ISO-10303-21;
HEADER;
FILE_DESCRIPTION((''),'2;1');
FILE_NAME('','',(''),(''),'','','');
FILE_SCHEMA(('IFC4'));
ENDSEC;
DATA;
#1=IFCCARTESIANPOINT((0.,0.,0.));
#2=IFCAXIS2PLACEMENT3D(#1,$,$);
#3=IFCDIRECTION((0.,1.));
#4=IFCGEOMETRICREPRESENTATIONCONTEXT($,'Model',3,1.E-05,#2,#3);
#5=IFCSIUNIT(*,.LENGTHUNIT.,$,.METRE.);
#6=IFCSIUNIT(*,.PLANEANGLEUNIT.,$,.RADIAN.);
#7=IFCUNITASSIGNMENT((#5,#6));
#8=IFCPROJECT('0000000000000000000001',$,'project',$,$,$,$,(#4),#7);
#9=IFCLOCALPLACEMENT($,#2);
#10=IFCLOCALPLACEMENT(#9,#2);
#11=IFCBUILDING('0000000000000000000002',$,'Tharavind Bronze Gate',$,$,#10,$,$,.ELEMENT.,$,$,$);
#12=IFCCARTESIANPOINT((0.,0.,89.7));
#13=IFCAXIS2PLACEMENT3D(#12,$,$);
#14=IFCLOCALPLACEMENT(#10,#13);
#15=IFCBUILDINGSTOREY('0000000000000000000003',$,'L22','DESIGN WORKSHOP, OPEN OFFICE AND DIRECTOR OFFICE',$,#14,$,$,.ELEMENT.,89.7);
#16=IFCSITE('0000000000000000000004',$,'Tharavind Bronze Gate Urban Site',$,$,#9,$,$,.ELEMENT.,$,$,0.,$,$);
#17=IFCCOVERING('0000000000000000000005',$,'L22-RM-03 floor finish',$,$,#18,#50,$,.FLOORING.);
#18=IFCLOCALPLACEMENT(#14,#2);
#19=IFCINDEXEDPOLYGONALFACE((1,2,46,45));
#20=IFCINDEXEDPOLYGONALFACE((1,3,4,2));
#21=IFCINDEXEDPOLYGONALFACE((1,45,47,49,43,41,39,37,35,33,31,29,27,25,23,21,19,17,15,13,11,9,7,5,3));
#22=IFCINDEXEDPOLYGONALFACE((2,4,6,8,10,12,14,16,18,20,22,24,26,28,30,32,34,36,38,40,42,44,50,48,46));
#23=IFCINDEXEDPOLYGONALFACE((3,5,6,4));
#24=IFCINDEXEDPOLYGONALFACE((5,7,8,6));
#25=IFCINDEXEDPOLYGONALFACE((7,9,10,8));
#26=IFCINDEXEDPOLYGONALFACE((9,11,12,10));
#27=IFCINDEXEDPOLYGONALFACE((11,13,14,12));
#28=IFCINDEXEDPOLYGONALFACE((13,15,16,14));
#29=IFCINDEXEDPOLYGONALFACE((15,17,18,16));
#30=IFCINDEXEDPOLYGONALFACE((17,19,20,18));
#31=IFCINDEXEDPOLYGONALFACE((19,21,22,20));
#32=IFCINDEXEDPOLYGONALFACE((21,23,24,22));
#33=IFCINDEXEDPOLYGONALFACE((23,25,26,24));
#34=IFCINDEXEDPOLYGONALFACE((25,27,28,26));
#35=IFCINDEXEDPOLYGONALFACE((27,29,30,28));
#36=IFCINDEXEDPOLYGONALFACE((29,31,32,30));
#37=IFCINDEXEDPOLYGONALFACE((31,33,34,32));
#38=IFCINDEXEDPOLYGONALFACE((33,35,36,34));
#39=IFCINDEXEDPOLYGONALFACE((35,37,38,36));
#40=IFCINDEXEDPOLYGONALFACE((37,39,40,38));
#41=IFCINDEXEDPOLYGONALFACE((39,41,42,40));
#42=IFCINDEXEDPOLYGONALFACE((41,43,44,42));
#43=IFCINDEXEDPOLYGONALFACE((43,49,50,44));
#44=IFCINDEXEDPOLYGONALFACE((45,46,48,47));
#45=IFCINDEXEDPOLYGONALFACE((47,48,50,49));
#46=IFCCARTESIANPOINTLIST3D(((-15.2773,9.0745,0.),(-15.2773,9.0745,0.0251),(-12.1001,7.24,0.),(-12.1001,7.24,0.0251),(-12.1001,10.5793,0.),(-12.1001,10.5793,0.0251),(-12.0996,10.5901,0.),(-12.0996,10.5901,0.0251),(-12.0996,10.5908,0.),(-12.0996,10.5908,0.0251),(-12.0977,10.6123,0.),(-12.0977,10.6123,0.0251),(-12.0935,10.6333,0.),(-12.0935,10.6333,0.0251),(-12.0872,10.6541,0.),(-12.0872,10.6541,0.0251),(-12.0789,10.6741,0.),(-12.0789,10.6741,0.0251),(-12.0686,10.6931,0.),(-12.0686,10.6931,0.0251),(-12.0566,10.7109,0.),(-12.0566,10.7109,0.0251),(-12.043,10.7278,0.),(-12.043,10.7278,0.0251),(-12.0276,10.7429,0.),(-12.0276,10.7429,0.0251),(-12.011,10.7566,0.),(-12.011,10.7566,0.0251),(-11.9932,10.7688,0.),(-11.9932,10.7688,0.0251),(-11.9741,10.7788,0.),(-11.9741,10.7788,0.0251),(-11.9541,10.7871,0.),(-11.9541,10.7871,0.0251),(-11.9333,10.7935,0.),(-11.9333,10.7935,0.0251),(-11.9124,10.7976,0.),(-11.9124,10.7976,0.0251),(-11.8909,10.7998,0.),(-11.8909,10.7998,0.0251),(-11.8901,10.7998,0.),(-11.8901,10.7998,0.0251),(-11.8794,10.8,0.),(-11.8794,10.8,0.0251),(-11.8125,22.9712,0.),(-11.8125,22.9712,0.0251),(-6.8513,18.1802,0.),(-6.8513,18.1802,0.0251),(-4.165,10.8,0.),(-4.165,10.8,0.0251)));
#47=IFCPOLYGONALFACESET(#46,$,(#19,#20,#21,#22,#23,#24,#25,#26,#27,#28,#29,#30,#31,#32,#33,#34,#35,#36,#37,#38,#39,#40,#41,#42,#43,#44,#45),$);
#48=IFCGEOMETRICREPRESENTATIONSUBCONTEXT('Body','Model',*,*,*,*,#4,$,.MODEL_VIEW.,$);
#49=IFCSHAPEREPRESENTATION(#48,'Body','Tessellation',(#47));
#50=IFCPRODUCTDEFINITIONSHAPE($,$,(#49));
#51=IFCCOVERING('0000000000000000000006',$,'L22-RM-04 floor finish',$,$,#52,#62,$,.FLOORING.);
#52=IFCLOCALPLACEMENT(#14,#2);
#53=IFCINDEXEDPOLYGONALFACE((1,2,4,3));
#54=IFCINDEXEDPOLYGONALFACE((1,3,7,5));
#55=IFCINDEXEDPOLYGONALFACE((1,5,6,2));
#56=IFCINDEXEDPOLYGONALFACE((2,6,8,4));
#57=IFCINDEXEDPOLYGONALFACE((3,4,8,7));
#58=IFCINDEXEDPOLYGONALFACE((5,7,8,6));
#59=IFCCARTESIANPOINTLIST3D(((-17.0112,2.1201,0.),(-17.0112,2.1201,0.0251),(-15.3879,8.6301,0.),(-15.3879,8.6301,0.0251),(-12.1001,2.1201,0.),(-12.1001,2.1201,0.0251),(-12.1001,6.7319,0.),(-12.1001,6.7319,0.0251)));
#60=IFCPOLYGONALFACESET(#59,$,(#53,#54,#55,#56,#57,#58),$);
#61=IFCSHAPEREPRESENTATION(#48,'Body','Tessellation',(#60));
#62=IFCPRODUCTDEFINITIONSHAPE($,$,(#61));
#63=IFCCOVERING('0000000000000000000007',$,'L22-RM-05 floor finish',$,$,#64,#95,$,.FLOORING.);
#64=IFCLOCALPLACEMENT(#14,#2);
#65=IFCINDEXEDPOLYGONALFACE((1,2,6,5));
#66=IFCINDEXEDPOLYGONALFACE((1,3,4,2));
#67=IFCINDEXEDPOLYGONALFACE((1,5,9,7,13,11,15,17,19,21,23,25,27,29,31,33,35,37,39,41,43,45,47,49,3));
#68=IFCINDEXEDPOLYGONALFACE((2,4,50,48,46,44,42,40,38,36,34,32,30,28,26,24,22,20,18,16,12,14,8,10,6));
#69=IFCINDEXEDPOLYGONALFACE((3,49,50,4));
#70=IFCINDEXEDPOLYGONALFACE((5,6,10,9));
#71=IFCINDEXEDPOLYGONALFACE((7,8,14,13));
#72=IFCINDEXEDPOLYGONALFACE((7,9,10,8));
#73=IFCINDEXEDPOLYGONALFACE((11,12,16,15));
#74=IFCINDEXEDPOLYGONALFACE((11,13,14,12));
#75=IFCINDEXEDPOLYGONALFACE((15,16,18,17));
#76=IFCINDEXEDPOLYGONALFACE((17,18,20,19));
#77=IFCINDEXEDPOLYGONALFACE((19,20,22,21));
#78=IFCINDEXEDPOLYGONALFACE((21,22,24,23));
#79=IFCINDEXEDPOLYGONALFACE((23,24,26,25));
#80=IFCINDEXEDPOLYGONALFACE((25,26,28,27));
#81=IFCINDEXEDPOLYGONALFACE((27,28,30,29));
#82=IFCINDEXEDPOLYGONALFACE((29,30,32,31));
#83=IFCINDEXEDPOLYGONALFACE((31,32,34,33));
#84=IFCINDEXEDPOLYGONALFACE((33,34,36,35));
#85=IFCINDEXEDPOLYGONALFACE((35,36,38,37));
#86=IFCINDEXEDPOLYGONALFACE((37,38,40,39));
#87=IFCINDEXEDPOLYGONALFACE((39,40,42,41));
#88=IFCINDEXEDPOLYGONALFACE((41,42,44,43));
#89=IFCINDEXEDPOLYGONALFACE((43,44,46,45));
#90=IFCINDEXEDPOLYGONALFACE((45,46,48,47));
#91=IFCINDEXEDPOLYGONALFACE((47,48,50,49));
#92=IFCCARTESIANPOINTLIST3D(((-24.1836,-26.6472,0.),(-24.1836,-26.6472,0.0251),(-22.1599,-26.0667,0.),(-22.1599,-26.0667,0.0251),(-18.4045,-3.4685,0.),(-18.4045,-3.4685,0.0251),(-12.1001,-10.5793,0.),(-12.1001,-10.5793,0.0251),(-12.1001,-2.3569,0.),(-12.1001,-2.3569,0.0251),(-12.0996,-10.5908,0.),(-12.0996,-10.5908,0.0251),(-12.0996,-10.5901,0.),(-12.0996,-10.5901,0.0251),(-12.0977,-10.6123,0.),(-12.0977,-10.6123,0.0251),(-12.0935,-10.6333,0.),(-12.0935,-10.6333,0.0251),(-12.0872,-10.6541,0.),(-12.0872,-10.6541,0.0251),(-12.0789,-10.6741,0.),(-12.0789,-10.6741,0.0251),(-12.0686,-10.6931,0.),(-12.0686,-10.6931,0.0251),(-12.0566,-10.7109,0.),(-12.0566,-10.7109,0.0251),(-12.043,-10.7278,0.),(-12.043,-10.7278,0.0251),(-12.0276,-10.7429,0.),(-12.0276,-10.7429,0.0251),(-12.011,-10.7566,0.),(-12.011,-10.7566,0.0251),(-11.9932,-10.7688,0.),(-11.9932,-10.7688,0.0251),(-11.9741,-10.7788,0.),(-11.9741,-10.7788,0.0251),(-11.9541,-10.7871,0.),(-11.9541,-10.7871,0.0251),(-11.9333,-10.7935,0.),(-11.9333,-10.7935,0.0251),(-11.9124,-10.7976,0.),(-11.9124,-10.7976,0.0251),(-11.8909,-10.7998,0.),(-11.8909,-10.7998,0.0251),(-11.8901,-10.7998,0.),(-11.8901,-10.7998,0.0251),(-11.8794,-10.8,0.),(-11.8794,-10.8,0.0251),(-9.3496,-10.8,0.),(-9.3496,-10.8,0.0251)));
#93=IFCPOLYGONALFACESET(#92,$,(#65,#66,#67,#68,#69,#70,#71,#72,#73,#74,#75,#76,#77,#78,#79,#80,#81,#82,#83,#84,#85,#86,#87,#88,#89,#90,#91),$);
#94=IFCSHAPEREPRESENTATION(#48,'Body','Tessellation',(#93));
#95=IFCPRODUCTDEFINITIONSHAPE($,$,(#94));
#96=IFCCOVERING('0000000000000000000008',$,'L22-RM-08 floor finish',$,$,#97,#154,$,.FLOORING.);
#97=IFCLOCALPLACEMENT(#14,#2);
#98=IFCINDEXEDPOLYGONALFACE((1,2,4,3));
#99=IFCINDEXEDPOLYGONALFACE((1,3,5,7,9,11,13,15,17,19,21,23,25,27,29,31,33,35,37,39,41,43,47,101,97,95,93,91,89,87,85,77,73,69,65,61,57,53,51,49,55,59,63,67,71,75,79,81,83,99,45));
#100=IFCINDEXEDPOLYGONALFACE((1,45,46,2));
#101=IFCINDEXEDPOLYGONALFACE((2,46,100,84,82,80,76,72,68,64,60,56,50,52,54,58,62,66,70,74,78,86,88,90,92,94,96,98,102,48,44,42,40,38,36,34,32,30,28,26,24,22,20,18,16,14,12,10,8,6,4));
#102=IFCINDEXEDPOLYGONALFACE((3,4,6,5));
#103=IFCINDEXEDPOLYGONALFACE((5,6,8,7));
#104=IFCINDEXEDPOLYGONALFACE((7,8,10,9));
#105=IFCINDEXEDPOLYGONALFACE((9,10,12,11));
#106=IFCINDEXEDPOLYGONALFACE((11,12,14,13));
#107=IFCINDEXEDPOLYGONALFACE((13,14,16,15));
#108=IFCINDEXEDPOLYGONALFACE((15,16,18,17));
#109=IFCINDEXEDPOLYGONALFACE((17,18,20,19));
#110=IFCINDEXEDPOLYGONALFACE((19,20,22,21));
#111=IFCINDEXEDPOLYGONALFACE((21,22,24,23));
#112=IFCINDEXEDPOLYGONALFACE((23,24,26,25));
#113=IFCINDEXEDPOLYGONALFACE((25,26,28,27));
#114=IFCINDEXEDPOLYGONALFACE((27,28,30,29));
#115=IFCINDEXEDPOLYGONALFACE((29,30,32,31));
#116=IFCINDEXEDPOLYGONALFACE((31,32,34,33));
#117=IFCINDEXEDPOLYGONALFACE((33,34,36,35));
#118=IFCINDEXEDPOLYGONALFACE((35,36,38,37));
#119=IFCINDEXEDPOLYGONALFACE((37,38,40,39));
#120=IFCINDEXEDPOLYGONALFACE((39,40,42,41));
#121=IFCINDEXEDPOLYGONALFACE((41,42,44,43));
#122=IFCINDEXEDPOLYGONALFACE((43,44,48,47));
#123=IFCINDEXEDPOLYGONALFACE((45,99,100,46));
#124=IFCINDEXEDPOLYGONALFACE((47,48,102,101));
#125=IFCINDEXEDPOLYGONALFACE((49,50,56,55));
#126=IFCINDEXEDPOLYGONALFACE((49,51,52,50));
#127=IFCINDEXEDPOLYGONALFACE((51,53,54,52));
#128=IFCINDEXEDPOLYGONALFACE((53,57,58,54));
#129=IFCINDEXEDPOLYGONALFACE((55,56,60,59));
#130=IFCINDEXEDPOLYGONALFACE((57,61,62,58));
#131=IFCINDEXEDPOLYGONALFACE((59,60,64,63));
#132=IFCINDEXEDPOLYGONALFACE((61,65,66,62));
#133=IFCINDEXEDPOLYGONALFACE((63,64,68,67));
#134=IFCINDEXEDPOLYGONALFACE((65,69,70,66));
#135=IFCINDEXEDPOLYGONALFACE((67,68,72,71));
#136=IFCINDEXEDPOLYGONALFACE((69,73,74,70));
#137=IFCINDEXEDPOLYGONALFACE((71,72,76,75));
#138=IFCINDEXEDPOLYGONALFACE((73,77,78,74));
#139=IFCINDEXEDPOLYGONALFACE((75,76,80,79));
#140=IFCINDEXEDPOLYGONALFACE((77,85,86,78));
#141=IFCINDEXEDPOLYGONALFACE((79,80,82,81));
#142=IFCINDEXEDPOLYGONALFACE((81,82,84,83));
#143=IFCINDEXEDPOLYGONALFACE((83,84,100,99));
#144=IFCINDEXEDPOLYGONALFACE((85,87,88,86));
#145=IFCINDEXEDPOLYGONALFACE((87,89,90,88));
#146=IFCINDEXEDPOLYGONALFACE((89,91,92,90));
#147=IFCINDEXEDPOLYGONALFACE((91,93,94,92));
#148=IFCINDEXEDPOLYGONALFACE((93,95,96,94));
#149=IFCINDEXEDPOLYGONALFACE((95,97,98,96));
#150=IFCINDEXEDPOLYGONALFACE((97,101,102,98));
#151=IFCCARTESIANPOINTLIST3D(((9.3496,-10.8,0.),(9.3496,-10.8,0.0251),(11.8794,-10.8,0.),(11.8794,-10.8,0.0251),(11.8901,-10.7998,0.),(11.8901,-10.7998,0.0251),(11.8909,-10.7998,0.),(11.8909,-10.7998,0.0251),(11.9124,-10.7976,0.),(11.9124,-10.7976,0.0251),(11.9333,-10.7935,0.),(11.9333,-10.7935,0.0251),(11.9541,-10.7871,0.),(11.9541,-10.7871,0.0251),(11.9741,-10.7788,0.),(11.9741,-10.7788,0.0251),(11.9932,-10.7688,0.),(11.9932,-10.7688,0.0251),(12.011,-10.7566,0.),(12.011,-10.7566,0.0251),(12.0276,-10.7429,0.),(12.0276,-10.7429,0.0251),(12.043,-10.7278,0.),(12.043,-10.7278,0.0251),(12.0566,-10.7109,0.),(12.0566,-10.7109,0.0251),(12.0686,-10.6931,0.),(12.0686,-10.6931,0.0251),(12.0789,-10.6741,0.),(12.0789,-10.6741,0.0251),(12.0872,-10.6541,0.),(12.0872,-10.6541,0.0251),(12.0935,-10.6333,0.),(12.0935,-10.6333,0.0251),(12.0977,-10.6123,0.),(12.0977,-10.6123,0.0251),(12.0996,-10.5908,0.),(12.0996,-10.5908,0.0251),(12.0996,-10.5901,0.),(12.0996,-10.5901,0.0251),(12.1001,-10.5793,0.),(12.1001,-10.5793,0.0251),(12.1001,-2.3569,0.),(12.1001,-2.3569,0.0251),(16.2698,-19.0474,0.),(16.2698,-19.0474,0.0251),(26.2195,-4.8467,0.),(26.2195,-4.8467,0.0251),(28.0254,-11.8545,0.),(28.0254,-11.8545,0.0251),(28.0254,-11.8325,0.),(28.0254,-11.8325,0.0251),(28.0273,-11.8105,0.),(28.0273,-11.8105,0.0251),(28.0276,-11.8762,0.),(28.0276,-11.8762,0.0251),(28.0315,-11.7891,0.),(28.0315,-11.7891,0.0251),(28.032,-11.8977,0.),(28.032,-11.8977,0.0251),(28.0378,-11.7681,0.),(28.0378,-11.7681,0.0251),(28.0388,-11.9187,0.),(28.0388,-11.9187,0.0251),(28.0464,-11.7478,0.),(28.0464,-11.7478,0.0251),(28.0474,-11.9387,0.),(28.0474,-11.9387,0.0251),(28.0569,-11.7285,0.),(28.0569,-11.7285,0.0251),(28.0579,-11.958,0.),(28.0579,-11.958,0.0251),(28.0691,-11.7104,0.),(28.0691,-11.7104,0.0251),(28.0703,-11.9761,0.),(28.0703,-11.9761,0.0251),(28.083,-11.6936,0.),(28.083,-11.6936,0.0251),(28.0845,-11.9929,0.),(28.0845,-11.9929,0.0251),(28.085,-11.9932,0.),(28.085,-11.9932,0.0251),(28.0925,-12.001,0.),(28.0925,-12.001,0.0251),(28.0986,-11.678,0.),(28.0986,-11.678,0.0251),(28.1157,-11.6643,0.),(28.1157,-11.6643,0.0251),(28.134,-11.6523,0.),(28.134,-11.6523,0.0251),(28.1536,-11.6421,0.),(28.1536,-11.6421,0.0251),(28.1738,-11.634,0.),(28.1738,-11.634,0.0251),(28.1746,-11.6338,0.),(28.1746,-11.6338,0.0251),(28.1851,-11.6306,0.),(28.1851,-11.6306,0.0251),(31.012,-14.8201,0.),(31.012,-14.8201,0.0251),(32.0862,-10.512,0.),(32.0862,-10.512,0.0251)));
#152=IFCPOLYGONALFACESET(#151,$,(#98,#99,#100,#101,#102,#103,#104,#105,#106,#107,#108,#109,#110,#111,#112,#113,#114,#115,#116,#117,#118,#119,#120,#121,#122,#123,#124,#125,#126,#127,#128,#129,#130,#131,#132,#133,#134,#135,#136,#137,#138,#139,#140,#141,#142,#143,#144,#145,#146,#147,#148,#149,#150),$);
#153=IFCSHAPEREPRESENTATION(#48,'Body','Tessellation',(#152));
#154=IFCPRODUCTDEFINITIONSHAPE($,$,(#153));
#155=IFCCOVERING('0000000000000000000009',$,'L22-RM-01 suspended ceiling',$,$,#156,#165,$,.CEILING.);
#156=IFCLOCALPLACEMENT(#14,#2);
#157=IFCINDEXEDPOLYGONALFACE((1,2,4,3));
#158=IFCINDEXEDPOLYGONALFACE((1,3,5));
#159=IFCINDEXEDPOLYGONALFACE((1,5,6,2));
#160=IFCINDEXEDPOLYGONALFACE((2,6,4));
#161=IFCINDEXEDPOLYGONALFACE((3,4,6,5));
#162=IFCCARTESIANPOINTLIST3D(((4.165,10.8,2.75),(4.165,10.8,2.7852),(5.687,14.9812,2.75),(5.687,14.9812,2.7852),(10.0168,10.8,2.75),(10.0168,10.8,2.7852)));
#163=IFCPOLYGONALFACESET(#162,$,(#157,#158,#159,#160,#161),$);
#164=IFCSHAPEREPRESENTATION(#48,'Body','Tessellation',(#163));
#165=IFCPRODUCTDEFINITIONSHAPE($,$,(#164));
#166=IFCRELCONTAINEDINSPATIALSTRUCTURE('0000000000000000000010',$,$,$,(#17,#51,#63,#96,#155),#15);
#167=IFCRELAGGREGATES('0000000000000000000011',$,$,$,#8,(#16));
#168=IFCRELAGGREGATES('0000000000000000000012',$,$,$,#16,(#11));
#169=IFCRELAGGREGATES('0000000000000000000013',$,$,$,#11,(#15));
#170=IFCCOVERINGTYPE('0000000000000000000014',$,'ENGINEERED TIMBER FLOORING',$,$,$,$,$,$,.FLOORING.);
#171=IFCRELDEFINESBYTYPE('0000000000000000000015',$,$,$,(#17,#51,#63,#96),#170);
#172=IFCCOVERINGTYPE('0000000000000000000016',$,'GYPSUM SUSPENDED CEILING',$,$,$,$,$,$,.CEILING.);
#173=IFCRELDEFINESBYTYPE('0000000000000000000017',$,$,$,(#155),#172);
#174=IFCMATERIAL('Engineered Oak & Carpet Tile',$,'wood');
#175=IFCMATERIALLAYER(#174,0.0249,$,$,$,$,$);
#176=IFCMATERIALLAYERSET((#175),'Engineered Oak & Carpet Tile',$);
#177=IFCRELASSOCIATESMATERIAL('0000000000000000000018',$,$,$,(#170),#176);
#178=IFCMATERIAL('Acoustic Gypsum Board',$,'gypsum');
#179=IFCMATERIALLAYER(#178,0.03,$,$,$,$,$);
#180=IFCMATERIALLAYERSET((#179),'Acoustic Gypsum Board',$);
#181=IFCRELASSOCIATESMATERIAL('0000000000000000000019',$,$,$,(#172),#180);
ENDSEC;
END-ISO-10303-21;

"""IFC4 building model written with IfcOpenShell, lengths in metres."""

from ifc_helpers import new_model, si_unit, direction, frame, origin, place, context, subcontext, project, spatial, polyline, outline, extrude, material, layer, layer_set, type_object, element, save


model = new_model("IFC4")

# Units and contexts
model_context = context("Model", 3, precision=1e-05, world=origin(), true_north=direction((0.0, 1.0)))
body_context = subcontext(model_context, "Body", "Model", "MODEL_VIEW")
ifc_project = project(units=[si_unit("LENGTHUNIT", "METRE"), si_unit("PLANEANGLEUNIT", "RADIAN")], contexts=[model_context])

# Site, building, storey
site_placement = place(None, origin())
site = spatial("IfcSite", under=ifc_project, at=site_placement, Name="Tharavind Bronze Gate Urban Site", CompositionType="ELEMENT", RefElevation=0.0)
building_placement = place(site_placement, origin())
building = spatial("IfcBuilding", under=site, at=building_placement, Name="Tharavind Bronze Gate", CompositionType="ELEMENT")
storey_placement = place(building_placement, frame((0.0, 0.0, 89.7)))
storey = spatial("IfcBuildingStorey", under=building, at=storey_placement, Name="L22", Description="DESIGN WORKSHOP, OPEN OFFICE AND DIRECTOR OFFICE", CompositionType="ELEMENT", Elevation=89.7)

# Coverings
ifc_material_1 = material(Name="Engineered Oak & Carpet Tile", Category="wood")
ifc_layer_1 = layer(ifc_material_1, 0.0249)
ifc_layer_set_1 = layer_set([ifc_layer_1], Name="Engineered Oak & Carpet Tile")
covering_type_1 = type_object("IfcCoveringType", Name="ENGINEERED TIMBER FLOORING", PredefinedType="FLOORING", material=ifc_layer_set_1)
covering_1_placement = place(storey_placement, origin())
element("IfcCovering", 1, at=covering_1_placement, inside=storey, type_object=covering_type_1, Name="L22-RM-03 floor finish", PredefinedType="FLOORING", context=body_context, shape_type="SweptSolid", body=[
    extrude(outline(polyline([(-12.1001, 7.24), (-12.1001, 10.5793), (-12.0996, 10.5901), (-12.0996, 10.5908), (-12.0977, 10.6123), (-12.0935, 10.6333), (-12.0872, 10.6541), (-12.0789, 10.6741), (-12.0686, 10.6931), (-12.0566, 10.7109), (-12.043, 10.7278), (-12.0276, 10.7429), (-12.011, 10.7566), (-11.9932, 10.7688), (-11.9741, 10.7788), (-11.9541, 10.7871), (-11.9333, 10.7935), (-11.9124, 10.7976), (-11.8909, 10.7998), (-11.8901, 10.7998), (-11.8794, 10.8), (-4.165, 10.8), (-6.8513, 18.1802), (-11.8125, 22.9712), (-15.2773, 9.0745), (-12.1001, 7.24)])), origin(), (0.0, 0.0, 1.0), 0.0251),
])
covering_2_placement = place(storey_placement, origin())
element("IfcCovering", 2, at=covering_2_placement, inside=storey, type_object=covering_type_1, Name="L22-RM-04 floor finish", PredefinedType="FLOORING", context=body_context, shape_type="SweptSolid", body=[
    extrude(outline(polyline([(-12.1001, 2.1201), (-12.1001, 6.7319), (-15.3879, 8.6301), (-17.0112, 2.1201), (-12.1001, 2.1201)])), origin(), (0.0, 0.0, 1.0), 0.0251),
])
covering_3_placement = place(storey_placement, origin())
element("IfcCovering", 3, at=covering_3_placement, inside=storey, type_object=covering_type_1, Name="L22-RM-05 floor finish", PredefinedType="FLOORING", context=body_context, shape_type="SweptSolid", body=[
    extrude(outline(polyline([(-22.1599, -26.0667), (-9.3496, -10.8), (-11.8794, -10.8), (-11.8901, -10.7998), (-11.8909, -10.7998), (-11.9124, -10.7976), (-11.9333, -10.7935), (-11.9541, -10.7871), (-11.9741, -10.7788), (-11.9932, -10.7688), (-12.011, -10.7566), (-12.0276, -10.7429), (-12.043, -10.7278), (-12.0566, -10.7109), (-12.0686, -10.6931), (-12.0789, -10.6741), (-12.0872, -10.6541), (-12.0935, -10.6333), (-12.0977, -10.6123), (-12.0996, -10.5908), (-12.0996, -10.5901), (-12.1001, -10.5793), (-12.1001, -2.3569), (-18.4045, -3.4685), (-24.1836, -26.6472), (-22.1599, -26.0667)])), origin(), (0.0, 0.0, 1.0), 0.0251),
])
covering_4_placement = place(storey_placement, origin())
element("IfcCovering", 4, at=covering_4_placement, inside=storey, type_object=covering_type_1, Name="L22-RM-08 floor finish", PredefinedType="FLOORING", context=body_context, shape_type="SweptSolid", body=[
    extrude(outline(polyline([(16.2698, -19.0474), (31.012, -14.8201), (28.0925, -12.001), (28.085, -11.9932), (28.0845, -11.9929), (28.0703, -11.9761), (28.0579, -11.958), (28.0474, -11.9387), (28.0388, -11.9187), (28.032, -11.8977), (28.0276, -11.8762), (28.0254, -11.8545), (28.0254, -11.8325), (28.0273, -11.8105), (28.0315, -11.7891), (28.0378, -11.7681), (28.0464, -11.7478), (28.0569, -11.7285), (28.0691, -11.7104), (28.083, -11.6936), (28.0986, -11.678), (28.1157, -11.6643), (28.134, -11.6523), (28.1536, -11.6421), (28.1738, -11.634), (28.1746, -11.6338), (28.1851, -11.6306), (32.0862, -10.512), (26.2195, -4.8467), (12.1001, -2.3569), (12.1001, -10.5793), (12.0996, -10.5901), (12.0996, -10.5908), (12.0977, -10.6123), (12.0935, -10.6333), (12.0872, -10.6541), (12.0789, -10.6741), (12.0686, -10.6931), (12.0566, -10.7109), (12.043, -10.7278), (12.0276, -10.7429), (12.011, -10.7566), (11.9932, -10.7688), (11.9741, -10.7788), (11.9541, -10.7871), (11.9333, -10.7935), (11.9124, -10.7976), (11.8909, -10.7998), (11.8901, -10.7998), (11.8794, -10.8), (9.3496, -10.8), (16.2698, -19.0474)])), origin(), (0.0, 0.0, 1.0), 0.0251),
])
ifc_material_2 = material(Name="Acoustic Gypsum Board", Category="gypsum")
ifc_layer_2 = layer(ifc_material_2, 0.03)
ifc_layer_set_2 = layer_set([ifc_layer_2], Name="Acoustic Gypsum Board")
covering_type_2 = type_object("IfcCoveringType", Name="GYPSUM SUSPENDED CEILING", PredefinedType="CEILING", material=ifc_layer_set_2)
covering_5_placement = place(storey_placement, frame((0.0, 0.0, 2.75)))
element("IfcCovering", 5, at=covering_5_placement, inside=storey, type_object=covering_type_2, Name="L22-RM-01 suspended ceiling", PredefinedType="CEILING", context=body_context, shape_type="SweptSolid", body=[
    extrude(outline(polyline([(10.0168, 10.8), (5.687, 14.9812), (4.165, 10.8), (10.0168, 10.8)])), origin(), (0.0, 0.0, 1.0), 0.0352),
])

save(model, "model.ifc")
